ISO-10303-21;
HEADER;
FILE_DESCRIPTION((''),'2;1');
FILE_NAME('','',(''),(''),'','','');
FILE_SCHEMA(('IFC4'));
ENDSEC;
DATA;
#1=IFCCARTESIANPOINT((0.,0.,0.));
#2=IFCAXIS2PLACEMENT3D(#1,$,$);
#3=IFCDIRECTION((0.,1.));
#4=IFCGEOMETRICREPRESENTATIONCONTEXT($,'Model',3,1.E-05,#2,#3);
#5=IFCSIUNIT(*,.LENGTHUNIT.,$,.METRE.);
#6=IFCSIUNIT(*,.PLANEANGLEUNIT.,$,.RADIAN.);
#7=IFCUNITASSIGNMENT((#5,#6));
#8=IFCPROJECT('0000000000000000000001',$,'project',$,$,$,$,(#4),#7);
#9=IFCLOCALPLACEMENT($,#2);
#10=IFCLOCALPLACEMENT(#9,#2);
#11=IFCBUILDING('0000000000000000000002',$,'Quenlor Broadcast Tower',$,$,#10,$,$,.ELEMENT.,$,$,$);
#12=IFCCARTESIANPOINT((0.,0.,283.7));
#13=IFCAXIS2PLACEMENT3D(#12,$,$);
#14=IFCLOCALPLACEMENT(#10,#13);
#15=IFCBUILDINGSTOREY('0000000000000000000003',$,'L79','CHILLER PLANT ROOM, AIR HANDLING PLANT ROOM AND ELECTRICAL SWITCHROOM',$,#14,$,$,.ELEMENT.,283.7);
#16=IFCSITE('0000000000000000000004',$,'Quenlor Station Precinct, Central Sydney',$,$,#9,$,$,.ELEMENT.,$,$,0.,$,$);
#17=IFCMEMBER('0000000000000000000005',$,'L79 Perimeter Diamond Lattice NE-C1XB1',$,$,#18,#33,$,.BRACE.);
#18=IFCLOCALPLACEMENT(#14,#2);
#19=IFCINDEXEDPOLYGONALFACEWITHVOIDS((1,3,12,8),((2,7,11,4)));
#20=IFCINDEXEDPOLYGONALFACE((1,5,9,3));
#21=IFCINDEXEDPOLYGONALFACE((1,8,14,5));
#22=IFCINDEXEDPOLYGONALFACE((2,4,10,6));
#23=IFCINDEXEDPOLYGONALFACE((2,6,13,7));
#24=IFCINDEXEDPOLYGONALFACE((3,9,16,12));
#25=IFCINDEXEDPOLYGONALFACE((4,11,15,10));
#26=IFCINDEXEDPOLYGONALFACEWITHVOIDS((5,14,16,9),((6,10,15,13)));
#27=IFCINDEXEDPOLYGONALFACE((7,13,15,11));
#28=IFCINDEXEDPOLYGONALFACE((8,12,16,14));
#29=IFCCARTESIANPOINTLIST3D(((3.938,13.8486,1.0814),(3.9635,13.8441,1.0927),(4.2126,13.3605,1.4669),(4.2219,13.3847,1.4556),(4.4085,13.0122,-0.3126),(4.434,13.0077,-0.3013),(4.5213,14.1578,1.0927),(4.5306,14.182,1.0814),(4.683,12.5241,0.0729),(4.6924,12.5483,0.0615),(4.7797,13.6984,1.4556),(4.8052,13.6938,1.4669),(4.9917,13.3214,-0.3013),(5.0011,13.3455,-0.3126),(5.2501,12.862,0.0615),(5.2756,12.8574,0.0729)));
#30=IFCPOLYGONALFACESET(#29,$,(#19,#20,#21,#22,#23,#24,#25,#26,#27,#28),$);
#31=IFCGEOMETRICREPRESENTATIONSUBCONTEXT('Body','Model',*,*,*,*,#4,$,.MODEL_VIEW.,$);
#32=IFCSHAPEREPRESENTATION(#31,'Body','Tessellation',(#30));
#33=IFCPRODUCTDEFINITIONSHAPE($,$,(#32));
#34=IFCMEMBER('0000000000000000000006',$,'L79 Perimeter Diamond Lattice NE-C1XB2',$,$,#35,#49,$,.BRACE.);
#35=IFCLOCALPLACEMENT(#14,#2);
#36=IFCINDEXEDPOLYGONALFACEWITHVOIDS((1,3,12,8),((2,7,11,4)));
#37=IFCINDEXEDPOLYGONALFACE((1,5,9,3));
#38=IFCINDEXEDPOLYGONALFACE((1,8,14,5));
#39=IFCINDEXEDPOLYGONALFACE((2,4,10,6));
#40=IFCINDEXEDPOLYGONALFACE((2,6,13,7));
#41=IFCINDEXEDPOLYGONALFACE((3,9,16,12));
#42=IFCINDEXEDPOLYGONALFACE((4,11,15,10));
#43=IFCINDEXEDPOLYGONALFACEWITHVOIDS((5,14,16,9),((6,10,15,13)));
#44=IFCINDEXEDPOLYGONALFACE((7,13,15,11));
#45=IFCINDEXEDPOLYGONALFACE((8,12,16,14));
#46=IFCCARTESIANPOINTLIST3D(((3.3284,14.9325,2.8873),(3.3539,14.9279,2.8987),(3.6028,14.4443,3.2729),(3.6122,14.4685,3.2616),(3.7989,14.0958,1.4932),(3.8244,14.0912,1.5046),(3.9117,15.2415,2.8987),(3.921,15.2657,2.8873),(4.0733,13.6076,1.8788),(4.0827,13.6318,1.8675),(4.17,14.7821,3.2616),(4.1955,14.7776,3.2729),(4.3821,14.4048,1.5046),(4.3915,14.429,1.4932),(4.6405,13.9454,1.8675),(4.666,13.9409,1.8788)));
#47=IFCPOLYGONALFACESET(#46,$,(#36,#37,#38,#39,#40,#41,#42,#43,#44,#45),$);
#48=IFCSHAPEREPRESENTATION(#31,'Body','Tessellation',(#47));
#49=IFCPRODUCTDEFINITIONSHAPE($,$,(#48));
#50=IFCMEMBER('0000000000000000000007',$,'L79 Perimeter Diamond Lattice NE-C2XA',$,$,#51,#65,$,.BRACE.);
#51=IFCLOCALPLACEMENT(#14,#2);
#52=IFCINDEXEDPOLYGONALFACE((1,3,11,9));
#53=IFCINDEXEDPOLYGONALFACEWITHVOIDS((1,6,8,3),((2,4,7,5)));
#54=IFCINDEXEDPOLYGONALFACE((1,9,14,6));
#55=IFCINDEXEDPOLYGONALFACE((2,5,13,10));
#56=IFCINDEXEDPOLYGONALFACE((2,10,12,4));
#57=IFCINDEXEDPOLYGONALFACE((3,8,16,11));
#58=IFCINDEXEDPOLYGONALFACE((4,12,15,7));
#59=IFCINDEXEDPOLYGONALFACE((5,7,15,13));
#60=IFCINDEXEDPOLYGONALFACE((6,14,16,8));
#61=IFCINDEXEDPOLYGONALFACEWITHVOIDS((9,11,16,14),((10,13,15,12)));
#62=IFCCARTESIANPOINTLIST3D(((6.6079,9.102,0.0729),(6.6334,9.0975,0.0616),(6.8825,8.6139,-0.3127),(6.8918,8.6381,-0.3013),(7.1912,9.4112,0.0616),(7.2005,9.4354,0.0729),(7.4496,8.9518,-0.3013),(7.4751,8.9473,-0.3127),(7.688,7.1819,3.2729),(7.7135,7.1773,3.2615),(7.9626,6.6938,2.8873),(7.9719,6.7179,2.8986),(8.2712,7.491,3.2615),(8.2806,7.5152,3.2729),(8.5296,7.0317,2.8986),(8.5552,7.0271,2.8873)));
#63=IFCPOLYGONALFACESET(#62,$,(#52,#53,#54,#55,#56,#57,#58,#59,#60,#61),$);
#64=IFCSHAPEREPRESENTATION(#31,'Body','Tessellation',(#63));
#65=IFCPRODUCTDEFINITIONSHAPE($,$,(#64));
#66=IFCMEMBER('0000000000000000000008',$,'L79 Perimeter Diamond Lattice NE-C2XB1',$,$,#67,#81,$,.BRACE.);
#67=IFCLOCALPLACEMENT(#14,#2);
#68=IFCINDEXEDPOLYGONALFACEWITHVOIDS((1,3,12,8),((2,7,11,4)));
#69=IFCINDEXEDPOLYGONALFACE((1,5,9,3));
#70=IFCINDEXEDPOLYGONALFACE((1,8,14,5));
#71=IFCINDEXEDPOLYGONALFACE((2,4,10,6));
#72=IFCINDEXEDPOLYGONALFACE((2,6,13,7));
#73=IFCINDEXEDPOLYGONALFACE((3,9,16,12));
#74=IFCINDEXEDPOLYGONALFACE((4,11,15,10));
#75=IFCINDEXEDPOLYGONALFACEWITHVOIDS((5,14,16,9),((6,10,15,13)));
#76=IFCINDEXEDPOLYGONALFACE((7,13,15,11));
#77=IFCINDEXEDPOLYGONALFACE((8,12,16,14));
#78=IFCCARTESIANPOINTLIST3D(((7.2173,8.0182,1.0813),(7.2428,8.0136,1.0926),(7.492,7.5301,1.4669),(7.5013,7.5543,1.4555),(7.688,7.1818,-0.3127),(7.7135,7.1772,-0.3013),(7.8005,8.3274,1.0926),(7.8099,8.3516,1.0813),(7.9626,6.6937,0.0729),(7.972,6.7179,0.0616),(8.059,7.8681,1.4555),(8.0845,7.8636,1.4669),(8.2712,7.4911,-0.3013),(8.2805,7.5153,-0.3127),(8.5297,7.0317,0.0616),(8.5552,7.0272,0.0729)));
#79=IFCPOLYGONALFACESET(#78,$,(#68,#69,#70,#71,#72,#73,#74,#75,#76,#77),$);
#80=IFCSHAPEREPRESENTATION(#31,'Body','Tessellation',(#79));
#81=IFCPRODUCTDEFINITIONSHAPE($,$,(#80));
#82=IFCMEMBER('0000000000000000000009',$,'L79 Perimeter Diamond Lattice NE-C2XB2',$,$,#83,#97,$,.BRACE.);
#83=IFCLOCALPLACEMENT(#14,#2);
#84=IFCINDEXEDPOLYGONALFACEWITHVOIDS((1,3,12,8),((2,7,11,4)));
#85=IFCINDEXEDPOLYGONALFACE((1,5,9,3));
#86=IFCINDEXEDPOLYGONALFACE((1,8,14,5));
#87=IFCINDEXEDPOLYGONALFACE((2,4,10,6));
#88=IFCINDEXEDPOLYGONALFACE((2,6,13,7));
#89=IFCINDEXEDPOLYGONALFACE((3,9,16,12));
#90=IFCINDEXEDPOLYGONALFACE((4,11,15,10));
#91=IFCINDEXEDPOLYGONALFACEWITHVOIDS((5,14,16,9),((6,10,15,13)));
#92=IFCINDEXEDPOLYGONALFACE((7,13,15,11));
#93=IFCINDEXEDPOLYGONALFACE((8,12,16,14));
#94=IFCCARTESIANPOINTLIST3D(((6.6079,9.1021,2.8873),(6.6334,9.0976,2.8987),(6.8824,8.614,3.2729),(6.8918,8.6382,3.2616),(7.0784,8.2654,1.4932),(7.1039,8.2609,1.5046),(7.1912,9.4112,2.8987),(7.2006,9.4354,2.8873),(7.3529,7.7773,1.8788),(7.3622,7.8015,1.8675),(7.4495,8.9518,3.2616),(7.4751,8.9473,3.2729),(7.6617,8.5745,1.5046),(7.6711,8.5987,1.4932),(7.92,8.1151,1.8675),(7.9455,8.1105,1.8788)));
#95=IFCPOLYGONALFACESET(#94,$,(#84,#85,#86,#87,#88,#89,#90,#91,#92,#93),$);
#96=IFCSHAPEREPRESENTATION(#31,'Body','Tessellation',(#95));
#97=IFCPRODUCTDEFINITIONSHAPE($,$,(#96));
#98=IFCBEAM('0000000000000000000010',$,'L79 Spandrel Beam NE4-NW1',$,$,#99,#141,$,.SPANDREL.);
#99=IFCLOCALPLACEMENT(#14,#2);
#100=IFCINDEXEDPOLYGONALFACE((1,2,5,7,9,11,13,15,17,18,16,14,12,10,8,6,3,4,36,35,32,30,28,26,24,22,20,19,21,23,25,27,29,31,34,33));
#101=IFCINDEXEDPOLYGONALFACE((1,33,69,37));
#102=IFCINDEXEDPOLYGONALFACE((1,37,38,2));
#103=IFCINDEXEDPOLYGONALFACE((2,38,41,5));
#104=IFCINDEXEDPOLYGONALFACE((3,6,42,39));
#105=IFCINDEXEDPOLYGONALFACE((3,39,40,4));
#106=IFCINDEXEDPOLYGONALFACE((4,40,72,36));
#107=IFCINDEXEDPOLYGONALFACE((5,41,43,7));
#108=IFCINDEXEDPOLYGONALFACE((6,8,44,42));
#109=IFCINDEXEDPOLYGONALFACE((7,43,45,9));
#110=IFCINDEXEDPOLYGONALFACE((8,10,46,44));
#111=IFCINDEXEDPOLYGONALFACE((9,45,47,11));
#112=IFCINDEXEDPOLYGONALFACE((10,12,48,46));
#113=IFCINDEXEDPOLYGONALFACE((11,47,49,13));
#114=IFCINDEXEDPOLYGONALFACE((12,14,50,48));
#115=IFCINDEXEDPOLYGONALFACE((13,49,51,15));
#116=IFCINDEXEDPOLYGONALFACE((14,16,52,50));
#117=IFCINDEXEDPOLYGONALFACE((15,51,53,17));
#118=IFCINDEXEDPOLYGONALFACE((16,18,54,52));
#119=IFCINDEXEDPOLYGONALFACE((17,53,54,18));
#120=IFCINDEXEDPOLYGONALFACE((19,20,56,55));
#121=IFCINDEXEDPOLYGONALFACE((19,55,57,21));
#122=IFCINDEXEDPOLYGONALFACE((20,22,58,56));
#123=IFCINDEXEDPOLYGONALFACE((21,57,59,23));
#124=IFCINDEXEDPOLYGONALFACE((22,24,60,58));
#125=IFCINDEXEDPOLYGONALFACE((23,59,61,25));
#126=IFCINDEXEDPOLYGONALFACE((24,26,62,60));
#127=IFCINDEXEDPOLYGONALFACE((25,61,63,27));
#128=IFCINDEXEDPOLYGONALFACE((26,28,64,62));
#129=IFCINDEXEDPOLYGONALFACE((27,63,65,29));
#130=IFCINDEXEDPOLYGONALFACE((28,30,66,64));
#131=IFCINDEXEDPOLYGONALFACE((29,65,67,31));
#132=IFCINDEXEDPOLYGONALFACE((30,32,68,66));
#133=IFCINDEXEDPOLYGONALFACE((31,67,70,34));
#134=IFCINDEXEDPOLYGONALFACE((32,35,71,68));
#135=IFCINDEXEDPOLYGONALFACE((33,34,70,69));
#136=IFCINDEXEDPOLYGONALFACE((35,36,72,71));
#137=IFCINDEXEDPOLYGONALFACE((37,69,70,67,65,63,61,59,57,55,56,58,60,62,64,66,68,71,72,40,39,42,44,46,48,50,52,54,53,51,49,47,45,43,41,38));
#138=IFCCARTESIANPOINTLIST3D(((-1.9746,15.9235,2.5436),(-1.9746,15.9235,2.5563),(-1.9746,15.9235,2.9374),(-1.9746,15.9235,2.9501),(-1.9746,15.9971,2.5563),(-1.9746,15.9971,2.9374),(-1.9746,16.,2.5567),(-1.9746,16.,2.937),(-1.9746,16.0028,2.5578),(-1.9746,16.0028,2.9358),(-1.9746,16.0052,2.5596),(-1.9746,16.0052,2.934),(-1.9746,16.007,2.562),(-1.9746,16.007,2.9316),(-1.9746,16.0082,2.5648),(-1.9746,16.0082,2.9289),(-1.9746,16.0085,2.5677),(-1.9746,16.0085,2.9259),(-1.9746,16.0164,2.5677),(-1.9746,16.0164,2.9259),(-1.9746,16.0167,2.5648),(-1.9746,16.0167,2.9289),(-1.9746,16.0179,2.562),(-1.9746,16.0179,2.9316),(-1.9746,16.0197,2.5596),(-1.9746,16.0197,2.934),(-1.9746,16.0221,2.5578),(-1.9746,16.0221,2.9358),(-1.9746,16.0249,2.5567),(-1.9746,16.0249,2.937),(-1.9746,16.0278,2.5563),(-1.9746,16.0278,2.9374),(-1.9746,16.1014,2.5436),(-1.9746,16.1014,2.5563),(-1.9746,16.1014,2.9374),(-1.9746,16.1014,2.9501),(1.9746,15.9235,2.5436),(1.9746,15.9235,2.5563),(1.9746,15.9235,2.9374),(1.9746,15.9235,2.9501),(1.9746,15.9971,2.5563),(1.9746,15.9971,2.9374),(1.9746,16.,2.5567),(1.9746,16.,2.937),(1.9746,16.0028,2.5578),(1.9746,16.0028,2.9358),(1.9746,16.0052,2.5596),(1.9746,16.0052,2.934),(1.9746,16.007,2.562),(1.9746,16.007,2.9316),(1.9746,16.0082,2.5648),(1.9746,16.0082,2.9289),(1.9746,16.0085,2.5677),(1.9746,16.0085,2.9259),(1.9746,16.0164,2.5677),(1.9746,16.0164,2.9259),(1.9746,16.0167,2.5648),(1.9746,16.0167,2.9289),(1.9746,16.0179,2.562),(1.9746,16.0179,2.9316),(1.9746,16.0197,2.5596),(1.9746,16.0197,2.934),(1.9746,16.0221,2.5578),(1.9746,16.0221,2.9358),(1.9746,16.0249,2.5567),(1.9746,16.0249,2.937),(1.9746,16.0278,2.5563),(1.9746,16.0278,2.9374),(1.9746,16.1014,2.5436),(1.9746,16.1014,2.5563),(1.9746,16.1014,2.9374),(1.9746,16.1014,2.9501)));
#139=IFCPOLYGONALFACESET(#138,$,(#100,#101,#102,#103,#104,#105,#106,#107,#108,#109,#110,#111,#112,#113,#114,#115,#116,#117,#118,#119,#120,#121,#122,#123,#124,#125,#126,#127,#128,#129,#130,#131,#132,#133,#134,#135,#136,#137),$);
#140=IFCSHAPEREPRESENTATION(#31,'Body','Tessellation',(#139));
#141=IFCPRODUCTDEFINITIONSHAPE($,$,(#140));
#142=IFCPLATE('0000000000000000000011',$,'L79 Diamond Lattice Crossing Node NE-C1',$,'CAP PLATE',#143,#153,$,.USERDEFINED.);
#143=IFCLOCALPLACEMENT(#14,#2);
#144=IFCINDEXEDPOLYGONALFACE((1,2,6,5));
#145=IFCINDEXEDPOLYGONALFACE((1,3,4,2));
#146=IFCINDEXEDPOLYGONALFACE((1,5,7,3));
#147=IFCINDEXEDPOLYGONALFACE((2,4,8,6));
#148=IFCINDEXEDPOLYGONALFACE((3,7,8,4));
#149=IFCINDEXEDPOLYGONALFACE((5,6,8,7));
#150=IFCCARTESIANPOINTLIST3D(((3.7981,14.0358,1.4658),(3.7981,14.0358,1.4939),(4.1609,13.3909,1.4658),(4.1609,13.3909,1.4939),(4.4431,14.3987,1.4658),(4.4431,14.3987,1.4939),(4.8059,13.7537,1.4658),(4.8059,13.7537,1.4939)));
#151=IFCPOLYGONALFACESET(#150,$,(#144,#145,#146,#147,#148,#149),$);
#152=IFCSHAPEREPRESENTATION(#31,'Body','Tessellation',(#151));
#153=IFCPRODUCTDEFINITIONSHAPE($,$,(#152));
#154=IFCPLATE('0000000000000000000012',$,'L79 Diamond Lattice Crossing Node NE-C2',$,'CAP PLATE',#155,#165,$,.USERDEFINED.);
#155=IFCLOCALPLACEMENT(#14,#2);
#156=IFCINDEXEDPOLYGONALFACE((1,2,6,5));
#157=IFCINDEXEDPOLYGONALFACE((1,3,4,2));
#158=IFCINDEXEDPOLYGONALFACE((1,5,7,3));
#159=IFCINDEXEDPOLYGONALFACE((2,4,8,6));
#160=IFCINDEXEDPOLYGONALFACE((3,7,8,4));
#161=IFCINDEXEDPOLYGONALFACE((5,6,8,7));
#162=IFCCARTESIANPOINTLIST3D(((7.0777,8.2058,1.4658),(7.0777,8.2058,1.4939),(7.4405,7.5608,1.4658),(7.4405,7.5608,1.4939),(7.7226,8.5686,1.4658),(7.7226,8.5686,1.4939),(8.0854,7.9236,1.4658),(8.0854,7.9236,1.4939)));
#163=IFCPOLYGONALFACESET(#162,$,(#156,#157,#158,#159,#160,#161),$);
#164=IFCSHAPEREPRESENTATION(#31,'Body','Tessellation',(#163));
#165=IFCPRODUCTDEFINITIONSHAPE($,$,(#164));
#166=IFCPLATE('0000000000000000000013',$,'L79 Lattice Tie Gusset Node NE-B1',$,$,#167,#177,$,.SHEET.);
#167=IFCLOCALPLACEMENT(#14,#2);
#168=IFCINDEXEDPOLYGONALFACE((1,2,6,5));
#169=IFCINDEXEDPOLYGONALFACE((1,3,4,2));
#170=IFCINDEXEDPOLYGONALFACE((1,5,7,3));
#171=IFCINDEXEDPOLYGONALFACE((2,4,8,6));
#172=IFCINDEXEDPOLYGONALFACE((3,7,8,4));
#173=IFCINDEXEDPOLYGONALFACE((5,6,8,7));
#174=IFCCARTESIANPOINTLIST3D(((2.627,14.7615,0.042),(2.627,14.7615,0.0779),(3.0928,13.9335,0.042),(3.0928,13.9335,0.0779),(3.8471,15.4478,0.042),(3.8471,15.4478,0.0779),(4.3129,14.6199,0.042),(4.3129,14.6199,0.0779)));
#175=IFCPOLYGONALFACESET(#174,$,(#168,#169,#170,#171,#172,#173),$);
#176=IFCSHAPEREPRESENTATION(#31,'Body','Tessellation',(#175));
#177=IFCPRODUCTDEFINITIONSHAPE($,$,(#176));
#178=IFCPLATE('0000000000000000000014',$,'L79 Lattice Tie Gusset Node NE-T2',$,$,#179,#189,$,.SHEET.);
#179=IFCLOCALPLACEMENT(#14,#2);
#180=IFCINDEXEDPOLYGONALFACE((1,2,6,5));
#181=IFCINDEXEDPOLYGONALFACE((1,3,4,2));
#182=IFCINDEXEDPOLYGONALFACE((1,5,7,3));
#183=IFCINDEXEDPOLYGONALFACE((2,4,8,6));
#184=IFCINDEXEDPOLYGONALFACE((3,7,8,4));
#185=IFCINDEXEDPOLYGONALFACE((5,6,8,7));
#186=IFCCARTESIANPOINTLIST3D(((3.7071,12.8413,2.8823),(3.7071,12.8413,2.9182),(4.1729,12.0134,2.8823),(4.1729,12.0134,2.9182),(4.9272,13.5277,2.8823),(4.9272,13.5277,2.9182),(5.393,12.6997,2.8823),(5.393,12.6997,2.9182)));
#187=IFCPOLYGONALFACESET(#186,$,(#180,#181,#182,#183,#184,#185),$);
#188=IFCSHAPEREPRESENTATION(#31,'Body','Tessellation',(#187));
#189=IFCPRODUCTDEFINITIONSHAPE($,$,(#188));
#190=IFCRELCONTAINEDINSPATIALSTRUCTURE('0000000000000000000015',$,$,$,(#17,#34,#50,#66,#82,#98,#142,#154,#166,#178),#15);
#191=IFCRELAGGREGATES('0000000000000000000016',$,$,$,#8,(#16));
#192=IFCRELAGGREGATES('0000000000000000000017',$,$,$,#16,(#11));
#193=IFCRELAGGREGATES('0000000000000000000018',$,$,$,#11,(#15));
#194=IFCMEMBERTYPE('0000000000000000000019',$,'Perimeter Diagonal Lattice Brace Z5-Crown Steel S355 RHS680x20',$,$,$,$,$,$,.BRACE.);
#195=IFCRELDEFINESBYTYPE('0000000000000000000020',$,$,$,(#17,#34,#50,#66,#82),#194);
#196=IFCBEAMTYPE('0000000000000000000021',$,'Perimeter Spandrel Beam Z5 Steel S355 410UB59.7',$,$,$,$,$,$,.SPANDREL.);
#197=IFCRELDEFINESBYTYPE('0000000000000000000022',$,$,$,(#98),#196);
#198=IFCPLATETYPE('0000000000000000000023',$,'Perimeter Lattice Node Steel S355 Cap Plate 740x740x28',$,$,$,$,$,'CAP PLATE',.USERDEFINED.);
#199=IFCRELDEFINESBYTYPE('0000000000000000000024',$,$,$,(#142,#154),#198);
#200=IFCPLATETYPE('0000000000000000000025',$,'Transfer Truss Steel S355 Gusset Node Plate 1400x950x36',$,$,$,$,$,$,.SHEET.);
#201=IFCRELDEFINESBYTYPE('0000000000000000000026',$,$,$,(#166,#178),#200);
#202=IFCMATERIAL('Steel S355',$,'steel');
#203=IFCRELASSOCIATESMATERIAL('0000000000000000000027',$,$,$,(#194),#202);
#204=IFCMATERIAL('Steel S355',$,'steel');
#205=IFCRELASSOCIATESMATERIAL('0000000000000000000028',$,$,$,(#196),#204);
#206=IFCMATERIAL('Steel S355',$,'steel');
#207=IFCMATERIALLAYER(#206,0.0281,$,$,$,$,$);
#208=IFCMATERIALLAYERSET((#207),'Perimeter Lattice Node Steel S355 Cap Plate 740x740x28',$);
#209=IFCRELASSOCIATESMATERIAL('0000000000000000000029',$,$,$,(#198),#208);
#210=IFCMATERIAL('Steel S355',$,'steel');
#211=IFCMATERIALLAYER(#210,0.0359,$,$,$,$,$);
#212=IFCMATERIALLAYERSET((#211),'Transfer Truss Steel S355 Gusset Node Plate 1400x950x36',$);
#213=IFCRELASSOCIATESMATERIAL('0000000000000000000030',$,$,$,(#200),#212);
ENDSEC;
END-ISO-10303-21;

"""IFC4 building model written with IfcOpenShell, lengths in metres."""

from ifc_helpers import new_model, si_unit, direction, frame, origin, origin_2d, place, context, subcontext, project, spatial, rectangle, hollow_rectangle, i_section, extrude, material, layer, layer_set, material_profile, profile_set, type_object, element, save


model = new_model("IFC4")

# Units and contexts
model_context = context("Model", 3, precision=1e-05, world=origin(), true_north=direction((0.0, 1.0)))
body_context = subcontext(model_context, "Body", "Model", "MODEL_VIEW")
ifc_project = project(units=[si_unit("LENGTHUNIT", "METRE"), si_unit("PLANEANGLEUNIT", "RADIAN")], contexts=[model_context])

# Site, building, storey
site_placement = place(None, origin())
site = spatial("IfcSite", under=ifc_project, at=site_placement, Name="Quenlor Station Precinct, Central Sydney", CompositionType="ELEMENT", RefElevation=0.0)
building_placement = place(site_placement, origin())
building = spatial("IfcBuilding", under=site, at=building_placement, Name="Quenlor Broadcast Tower", CompositionType="ELEMENT")
storey_placement = place(building_placement, frame((0.0, 0.0, 283.7)))
storey = spatial("IfcBuildingStorey", under=building, at=storey_placement, Name="L79", Description="CHILLER PLANT ROOM, AIR HANDLING PLANT ROOM AND ELECTRICAL SWITCHROOM", CompositionType="ELEMENT", Elevation=283.7)

# Members
ifc_material_1 = material(Name="Steel S355", Category="steel")
ifc_material_profile_1 = material_profile(ifc_material_1, hollow_rectangle(XDim=0.6799, YDim=0.6799, WallThickness=0.02, at=origin_2d()))
ifc_profile_set_1 = profile_set([ifc_material_profile_1], Name="Steel S355 RHS680x680x20")
member_type = type_object("IfcMemberType", Name="Perimeter Diagonal Lattice Brace Z5-Crown Steel S355 RHS680x20", PredefinedType="BRACE", material=ifc_profile_set_1)
member_1_placement = place(storey_placement, frame((4.842, 12.9348, -0.1199), z_axis=(-0.27798, 0.494218, 0.823697), x_axis=(-0.871589, -0.490237, 0.0)))
element("IfcMember", 1, at=member_1_placement, inside=storey, type_object=member_type, Name="L79 Perimeter Diamond Lattice NE-C1XB1", PredefinedType="BRACE", context=body_context, shape_type="SweptSolid", body=[
    extrude(hollow_rectangle(XDim=0.6799, YDim=0.6799, WallThickness=0.02, at=origin_2d()), origin(), (0.0, 0.0, 1.0), 1.6924),
])
member_2_placement = place(storey_placement, frame((4.2324, 14.0183, 1.686), z_axis=(-0.27796, 0.494327, 0.823638), x_axis=(-0.87165, -0.490128, 0.0)))
element("IfcMember", 2, at=member_2_placement, inside=storey, type_object=member_type, Name="L79 Perimeter Diamond Lattice NE-C1XB2", PredefinedType="BRACE", context=body_context, shape_type="SweptSolid", body=[
    extrude(hollow_rectangle(XDim=0.6799, YDim=0.6799, WallThickness=0.02, at=origin_2d()), origin(), (0.0, 0.0, 1.0), 1.6926),
])
member_3_placement = place(storey_placement, frame((7.0415, 9.0247, -0.1199), z_axis=(0.278012, -0.49425, 0.823666), x_axis=(0.871578, 0.490256, 0.0)))
element("IfcMember", 3, at=member_3_placement, inside=storey, type_object=member_type, Name="L79 Perimeter Diamond Lattice NE-C2XA", PredefinedType="BRACE", context=body_context, shape_type="SweptSolid", body=[
    extrude(hollow_rectangle(XDim=0.6799, YDim=0.6799, WallThickness=0.02, at=origin_2d()), origin(), (0.0, 0.0, 1.0), 3.885),
])
member_4_placement = place(storey_placement, frame((8.1216, 7.1045, -0.1199), z_axis=(-0.278113, 0.494198, 0.823664), x_axis=(-0.87148, -0.49043, 0.0)))
element("IfcMember", 4, at=member_4_placement, inside=storey, type_object=member_type, Name="L79 Perimeter Diamond Lattice NE-C2XB1", PredefinedType="BRACE", context=body_context, shape_type="SweptSolid", body=[
    extrude(hollow_rectangle(XDim=0.6799, YDim=0.6799, WallThickness=0.02, at=origin_2d()), origin(), (0.0, 0.0, 1.0), 1.6924),
])
member_5_placement = place(storey_placement, frame((7.512, 8.188, 1.686), z_axis=(-0.27796, 0.494327, 0.823638), x_axis=(-0.87165, -0.490128, 0.0)))
element("IfcMember", 5, at=member_5_placement, inside=storey, type_object=member_type, Name="L79 Perimeter Diamond Lattice NE-C2XB2", PredefinedType="BRACE", context=body_context, shape_type="SweptSolid", body=[
    extrude(hollow_rectangle(XDim=0.6799, YDim=0.6799, WallThickness=0.02, at=origin_2d()), origin(), (0.0, 0.0, 1.0), 1.6926),
])

# Beam
ifc_material_2 = material(Name="Steel S355", Category="steel")
ifc_material_profile_2 = material_profile(ifc_material_2, i_section(OverallWidth=0.178, OverallDepth=0.4065, WebThickness=0.0078, FlangeThickness=0.0127, FilletRadius=0.0115, at=origin_2d()))
ifc_profile_set_2 = profile_set([ifc_material_profile_2], Name="Steel S355 410UB59.7")
beam_type_1 = type_object("IfcBeamType", Name="Perimeter Spandrel Beam Z5 Steel S355 410UB59.7", PredefinedType="SPANDREL", material=ifc_profile_set_2)
beam_1_placement = place(storey_placement, frame((1.9746, 16.0125, 2.7468), z_axis=(-1.0, 0.0, 0.0), x_axis=(0.0, -1.0, 0.0)))
element("IfcBeam", 6, at=beam_1_placement, inside=storey, type_object=beam_type_1, Name="L79 Spandrel Beam NE4-NW1", PredefinedType="SPANDREL", context=body_context, shape_type="SweptSolid", body=[
    extrude(i_section(OverallWidth=0.178, OverallDepth=0.4065, WebThickness=0.0078, FlangeThickness=0.0127, FilletRadius=0.0115, at=origin_2d()), origin(), (0.0, 0.0, 1.0), 3.9492),
])

# Plates
ifc_material_3 = material(Name="Steel S355", Category="steel")
ifc_layer_1 = layer(ifc_material_3, 0.0281)
ifc_layer_set_1 = layer_set([ifc_layer_1], Name="Perimeter Lattice Node Steel S355 Cap Plate 740x740x28")
plate_type_1 = type_object("IfcPlateType", Name="Perimeter Lattice Node Steel S355 Cap Plate 740x740x28", ElementType="CAP PLATE", PredefinedType="USERDEFINED", material=ifc_layer_set_1)
for number, where, z_axis, x_axis, name in (
    (7, (4.302, 13.8948, 1.4658), (0.0, 0.0, 1.0), (0.490295, -0.871556, 0.0), "L79 Diamond Lattice Crossing Node NE-C1"),
    (8, (7.5815, 8.0647, 1.4658), (0.0, 0.0, 1.0), (0.490295, -0.871556, 0.0), "L79 Diamond Lattice Crossing Node NE-C2"),
):
    element("IfcPlate", number, at=place(storey_placement, frame(where, z_axis=z_axis, x_axis=x_axis)), inside=storey, type_object=plate_type_1, Name=name, ObjectType="CAP PLATE", PredefinedType="USERDEFINED", context=body_context, shape_type="SweptSolid", body=[
        extrude(rectangle(XDim=0.74, YDim=0.74, at=origin_2d()), origin(), (0.0, 0.0, 1.0), 0.0281),
    ])
ifc_material_4 = material(Name="Steel S355", Category="steel")
ifc_layer_2 = layer(ifc_material_4, 0.0359)
ifc_layer_set_2 = layer_set([ifc_layer_2], Name="Transfer Truss Steel S355 Gusset Node Plate 1400x950x36")
plate_type_2 = type_object("IfcPlateType", Name="Transfer Truss Steel S355 Gusset Node Plate 1400x950x36", PredefinedType="SHEET", material=ifc_layer_set_2)
for number, where, z_axis, x_axis, name in (
    (9, (3.47, 14.6907, 0.042), (0.0, 0.0, 1.0), (0.871556, 0.490295, 0.0), "L79 Lattice Tie Gusset Node NE-B1"),
    (10, (4.55, 12.7705, 2.8823), (0.0, 0.0, 1.0), (0.871556, 0.490295, 0.0), "L79 Lattice Tie Gusset Node NE-T2"),
):
    element("IfcPlate", number, at=place(storey_placement, frame(where, z_axis=z_axis, x_axis=x_axis)), inside=storey, type_object=plate_type_2, Name=name, PredefinedType="SHEET", context=body_context, shape_type="SweptSolid", body=[
        extrude(rectangle(XDim=1.3999, YDim=0.95, at=origin_2d()), origin(), (0.0, 0.0, 1.0), 0.0359),
    ])

save(model, "model.ifc")
